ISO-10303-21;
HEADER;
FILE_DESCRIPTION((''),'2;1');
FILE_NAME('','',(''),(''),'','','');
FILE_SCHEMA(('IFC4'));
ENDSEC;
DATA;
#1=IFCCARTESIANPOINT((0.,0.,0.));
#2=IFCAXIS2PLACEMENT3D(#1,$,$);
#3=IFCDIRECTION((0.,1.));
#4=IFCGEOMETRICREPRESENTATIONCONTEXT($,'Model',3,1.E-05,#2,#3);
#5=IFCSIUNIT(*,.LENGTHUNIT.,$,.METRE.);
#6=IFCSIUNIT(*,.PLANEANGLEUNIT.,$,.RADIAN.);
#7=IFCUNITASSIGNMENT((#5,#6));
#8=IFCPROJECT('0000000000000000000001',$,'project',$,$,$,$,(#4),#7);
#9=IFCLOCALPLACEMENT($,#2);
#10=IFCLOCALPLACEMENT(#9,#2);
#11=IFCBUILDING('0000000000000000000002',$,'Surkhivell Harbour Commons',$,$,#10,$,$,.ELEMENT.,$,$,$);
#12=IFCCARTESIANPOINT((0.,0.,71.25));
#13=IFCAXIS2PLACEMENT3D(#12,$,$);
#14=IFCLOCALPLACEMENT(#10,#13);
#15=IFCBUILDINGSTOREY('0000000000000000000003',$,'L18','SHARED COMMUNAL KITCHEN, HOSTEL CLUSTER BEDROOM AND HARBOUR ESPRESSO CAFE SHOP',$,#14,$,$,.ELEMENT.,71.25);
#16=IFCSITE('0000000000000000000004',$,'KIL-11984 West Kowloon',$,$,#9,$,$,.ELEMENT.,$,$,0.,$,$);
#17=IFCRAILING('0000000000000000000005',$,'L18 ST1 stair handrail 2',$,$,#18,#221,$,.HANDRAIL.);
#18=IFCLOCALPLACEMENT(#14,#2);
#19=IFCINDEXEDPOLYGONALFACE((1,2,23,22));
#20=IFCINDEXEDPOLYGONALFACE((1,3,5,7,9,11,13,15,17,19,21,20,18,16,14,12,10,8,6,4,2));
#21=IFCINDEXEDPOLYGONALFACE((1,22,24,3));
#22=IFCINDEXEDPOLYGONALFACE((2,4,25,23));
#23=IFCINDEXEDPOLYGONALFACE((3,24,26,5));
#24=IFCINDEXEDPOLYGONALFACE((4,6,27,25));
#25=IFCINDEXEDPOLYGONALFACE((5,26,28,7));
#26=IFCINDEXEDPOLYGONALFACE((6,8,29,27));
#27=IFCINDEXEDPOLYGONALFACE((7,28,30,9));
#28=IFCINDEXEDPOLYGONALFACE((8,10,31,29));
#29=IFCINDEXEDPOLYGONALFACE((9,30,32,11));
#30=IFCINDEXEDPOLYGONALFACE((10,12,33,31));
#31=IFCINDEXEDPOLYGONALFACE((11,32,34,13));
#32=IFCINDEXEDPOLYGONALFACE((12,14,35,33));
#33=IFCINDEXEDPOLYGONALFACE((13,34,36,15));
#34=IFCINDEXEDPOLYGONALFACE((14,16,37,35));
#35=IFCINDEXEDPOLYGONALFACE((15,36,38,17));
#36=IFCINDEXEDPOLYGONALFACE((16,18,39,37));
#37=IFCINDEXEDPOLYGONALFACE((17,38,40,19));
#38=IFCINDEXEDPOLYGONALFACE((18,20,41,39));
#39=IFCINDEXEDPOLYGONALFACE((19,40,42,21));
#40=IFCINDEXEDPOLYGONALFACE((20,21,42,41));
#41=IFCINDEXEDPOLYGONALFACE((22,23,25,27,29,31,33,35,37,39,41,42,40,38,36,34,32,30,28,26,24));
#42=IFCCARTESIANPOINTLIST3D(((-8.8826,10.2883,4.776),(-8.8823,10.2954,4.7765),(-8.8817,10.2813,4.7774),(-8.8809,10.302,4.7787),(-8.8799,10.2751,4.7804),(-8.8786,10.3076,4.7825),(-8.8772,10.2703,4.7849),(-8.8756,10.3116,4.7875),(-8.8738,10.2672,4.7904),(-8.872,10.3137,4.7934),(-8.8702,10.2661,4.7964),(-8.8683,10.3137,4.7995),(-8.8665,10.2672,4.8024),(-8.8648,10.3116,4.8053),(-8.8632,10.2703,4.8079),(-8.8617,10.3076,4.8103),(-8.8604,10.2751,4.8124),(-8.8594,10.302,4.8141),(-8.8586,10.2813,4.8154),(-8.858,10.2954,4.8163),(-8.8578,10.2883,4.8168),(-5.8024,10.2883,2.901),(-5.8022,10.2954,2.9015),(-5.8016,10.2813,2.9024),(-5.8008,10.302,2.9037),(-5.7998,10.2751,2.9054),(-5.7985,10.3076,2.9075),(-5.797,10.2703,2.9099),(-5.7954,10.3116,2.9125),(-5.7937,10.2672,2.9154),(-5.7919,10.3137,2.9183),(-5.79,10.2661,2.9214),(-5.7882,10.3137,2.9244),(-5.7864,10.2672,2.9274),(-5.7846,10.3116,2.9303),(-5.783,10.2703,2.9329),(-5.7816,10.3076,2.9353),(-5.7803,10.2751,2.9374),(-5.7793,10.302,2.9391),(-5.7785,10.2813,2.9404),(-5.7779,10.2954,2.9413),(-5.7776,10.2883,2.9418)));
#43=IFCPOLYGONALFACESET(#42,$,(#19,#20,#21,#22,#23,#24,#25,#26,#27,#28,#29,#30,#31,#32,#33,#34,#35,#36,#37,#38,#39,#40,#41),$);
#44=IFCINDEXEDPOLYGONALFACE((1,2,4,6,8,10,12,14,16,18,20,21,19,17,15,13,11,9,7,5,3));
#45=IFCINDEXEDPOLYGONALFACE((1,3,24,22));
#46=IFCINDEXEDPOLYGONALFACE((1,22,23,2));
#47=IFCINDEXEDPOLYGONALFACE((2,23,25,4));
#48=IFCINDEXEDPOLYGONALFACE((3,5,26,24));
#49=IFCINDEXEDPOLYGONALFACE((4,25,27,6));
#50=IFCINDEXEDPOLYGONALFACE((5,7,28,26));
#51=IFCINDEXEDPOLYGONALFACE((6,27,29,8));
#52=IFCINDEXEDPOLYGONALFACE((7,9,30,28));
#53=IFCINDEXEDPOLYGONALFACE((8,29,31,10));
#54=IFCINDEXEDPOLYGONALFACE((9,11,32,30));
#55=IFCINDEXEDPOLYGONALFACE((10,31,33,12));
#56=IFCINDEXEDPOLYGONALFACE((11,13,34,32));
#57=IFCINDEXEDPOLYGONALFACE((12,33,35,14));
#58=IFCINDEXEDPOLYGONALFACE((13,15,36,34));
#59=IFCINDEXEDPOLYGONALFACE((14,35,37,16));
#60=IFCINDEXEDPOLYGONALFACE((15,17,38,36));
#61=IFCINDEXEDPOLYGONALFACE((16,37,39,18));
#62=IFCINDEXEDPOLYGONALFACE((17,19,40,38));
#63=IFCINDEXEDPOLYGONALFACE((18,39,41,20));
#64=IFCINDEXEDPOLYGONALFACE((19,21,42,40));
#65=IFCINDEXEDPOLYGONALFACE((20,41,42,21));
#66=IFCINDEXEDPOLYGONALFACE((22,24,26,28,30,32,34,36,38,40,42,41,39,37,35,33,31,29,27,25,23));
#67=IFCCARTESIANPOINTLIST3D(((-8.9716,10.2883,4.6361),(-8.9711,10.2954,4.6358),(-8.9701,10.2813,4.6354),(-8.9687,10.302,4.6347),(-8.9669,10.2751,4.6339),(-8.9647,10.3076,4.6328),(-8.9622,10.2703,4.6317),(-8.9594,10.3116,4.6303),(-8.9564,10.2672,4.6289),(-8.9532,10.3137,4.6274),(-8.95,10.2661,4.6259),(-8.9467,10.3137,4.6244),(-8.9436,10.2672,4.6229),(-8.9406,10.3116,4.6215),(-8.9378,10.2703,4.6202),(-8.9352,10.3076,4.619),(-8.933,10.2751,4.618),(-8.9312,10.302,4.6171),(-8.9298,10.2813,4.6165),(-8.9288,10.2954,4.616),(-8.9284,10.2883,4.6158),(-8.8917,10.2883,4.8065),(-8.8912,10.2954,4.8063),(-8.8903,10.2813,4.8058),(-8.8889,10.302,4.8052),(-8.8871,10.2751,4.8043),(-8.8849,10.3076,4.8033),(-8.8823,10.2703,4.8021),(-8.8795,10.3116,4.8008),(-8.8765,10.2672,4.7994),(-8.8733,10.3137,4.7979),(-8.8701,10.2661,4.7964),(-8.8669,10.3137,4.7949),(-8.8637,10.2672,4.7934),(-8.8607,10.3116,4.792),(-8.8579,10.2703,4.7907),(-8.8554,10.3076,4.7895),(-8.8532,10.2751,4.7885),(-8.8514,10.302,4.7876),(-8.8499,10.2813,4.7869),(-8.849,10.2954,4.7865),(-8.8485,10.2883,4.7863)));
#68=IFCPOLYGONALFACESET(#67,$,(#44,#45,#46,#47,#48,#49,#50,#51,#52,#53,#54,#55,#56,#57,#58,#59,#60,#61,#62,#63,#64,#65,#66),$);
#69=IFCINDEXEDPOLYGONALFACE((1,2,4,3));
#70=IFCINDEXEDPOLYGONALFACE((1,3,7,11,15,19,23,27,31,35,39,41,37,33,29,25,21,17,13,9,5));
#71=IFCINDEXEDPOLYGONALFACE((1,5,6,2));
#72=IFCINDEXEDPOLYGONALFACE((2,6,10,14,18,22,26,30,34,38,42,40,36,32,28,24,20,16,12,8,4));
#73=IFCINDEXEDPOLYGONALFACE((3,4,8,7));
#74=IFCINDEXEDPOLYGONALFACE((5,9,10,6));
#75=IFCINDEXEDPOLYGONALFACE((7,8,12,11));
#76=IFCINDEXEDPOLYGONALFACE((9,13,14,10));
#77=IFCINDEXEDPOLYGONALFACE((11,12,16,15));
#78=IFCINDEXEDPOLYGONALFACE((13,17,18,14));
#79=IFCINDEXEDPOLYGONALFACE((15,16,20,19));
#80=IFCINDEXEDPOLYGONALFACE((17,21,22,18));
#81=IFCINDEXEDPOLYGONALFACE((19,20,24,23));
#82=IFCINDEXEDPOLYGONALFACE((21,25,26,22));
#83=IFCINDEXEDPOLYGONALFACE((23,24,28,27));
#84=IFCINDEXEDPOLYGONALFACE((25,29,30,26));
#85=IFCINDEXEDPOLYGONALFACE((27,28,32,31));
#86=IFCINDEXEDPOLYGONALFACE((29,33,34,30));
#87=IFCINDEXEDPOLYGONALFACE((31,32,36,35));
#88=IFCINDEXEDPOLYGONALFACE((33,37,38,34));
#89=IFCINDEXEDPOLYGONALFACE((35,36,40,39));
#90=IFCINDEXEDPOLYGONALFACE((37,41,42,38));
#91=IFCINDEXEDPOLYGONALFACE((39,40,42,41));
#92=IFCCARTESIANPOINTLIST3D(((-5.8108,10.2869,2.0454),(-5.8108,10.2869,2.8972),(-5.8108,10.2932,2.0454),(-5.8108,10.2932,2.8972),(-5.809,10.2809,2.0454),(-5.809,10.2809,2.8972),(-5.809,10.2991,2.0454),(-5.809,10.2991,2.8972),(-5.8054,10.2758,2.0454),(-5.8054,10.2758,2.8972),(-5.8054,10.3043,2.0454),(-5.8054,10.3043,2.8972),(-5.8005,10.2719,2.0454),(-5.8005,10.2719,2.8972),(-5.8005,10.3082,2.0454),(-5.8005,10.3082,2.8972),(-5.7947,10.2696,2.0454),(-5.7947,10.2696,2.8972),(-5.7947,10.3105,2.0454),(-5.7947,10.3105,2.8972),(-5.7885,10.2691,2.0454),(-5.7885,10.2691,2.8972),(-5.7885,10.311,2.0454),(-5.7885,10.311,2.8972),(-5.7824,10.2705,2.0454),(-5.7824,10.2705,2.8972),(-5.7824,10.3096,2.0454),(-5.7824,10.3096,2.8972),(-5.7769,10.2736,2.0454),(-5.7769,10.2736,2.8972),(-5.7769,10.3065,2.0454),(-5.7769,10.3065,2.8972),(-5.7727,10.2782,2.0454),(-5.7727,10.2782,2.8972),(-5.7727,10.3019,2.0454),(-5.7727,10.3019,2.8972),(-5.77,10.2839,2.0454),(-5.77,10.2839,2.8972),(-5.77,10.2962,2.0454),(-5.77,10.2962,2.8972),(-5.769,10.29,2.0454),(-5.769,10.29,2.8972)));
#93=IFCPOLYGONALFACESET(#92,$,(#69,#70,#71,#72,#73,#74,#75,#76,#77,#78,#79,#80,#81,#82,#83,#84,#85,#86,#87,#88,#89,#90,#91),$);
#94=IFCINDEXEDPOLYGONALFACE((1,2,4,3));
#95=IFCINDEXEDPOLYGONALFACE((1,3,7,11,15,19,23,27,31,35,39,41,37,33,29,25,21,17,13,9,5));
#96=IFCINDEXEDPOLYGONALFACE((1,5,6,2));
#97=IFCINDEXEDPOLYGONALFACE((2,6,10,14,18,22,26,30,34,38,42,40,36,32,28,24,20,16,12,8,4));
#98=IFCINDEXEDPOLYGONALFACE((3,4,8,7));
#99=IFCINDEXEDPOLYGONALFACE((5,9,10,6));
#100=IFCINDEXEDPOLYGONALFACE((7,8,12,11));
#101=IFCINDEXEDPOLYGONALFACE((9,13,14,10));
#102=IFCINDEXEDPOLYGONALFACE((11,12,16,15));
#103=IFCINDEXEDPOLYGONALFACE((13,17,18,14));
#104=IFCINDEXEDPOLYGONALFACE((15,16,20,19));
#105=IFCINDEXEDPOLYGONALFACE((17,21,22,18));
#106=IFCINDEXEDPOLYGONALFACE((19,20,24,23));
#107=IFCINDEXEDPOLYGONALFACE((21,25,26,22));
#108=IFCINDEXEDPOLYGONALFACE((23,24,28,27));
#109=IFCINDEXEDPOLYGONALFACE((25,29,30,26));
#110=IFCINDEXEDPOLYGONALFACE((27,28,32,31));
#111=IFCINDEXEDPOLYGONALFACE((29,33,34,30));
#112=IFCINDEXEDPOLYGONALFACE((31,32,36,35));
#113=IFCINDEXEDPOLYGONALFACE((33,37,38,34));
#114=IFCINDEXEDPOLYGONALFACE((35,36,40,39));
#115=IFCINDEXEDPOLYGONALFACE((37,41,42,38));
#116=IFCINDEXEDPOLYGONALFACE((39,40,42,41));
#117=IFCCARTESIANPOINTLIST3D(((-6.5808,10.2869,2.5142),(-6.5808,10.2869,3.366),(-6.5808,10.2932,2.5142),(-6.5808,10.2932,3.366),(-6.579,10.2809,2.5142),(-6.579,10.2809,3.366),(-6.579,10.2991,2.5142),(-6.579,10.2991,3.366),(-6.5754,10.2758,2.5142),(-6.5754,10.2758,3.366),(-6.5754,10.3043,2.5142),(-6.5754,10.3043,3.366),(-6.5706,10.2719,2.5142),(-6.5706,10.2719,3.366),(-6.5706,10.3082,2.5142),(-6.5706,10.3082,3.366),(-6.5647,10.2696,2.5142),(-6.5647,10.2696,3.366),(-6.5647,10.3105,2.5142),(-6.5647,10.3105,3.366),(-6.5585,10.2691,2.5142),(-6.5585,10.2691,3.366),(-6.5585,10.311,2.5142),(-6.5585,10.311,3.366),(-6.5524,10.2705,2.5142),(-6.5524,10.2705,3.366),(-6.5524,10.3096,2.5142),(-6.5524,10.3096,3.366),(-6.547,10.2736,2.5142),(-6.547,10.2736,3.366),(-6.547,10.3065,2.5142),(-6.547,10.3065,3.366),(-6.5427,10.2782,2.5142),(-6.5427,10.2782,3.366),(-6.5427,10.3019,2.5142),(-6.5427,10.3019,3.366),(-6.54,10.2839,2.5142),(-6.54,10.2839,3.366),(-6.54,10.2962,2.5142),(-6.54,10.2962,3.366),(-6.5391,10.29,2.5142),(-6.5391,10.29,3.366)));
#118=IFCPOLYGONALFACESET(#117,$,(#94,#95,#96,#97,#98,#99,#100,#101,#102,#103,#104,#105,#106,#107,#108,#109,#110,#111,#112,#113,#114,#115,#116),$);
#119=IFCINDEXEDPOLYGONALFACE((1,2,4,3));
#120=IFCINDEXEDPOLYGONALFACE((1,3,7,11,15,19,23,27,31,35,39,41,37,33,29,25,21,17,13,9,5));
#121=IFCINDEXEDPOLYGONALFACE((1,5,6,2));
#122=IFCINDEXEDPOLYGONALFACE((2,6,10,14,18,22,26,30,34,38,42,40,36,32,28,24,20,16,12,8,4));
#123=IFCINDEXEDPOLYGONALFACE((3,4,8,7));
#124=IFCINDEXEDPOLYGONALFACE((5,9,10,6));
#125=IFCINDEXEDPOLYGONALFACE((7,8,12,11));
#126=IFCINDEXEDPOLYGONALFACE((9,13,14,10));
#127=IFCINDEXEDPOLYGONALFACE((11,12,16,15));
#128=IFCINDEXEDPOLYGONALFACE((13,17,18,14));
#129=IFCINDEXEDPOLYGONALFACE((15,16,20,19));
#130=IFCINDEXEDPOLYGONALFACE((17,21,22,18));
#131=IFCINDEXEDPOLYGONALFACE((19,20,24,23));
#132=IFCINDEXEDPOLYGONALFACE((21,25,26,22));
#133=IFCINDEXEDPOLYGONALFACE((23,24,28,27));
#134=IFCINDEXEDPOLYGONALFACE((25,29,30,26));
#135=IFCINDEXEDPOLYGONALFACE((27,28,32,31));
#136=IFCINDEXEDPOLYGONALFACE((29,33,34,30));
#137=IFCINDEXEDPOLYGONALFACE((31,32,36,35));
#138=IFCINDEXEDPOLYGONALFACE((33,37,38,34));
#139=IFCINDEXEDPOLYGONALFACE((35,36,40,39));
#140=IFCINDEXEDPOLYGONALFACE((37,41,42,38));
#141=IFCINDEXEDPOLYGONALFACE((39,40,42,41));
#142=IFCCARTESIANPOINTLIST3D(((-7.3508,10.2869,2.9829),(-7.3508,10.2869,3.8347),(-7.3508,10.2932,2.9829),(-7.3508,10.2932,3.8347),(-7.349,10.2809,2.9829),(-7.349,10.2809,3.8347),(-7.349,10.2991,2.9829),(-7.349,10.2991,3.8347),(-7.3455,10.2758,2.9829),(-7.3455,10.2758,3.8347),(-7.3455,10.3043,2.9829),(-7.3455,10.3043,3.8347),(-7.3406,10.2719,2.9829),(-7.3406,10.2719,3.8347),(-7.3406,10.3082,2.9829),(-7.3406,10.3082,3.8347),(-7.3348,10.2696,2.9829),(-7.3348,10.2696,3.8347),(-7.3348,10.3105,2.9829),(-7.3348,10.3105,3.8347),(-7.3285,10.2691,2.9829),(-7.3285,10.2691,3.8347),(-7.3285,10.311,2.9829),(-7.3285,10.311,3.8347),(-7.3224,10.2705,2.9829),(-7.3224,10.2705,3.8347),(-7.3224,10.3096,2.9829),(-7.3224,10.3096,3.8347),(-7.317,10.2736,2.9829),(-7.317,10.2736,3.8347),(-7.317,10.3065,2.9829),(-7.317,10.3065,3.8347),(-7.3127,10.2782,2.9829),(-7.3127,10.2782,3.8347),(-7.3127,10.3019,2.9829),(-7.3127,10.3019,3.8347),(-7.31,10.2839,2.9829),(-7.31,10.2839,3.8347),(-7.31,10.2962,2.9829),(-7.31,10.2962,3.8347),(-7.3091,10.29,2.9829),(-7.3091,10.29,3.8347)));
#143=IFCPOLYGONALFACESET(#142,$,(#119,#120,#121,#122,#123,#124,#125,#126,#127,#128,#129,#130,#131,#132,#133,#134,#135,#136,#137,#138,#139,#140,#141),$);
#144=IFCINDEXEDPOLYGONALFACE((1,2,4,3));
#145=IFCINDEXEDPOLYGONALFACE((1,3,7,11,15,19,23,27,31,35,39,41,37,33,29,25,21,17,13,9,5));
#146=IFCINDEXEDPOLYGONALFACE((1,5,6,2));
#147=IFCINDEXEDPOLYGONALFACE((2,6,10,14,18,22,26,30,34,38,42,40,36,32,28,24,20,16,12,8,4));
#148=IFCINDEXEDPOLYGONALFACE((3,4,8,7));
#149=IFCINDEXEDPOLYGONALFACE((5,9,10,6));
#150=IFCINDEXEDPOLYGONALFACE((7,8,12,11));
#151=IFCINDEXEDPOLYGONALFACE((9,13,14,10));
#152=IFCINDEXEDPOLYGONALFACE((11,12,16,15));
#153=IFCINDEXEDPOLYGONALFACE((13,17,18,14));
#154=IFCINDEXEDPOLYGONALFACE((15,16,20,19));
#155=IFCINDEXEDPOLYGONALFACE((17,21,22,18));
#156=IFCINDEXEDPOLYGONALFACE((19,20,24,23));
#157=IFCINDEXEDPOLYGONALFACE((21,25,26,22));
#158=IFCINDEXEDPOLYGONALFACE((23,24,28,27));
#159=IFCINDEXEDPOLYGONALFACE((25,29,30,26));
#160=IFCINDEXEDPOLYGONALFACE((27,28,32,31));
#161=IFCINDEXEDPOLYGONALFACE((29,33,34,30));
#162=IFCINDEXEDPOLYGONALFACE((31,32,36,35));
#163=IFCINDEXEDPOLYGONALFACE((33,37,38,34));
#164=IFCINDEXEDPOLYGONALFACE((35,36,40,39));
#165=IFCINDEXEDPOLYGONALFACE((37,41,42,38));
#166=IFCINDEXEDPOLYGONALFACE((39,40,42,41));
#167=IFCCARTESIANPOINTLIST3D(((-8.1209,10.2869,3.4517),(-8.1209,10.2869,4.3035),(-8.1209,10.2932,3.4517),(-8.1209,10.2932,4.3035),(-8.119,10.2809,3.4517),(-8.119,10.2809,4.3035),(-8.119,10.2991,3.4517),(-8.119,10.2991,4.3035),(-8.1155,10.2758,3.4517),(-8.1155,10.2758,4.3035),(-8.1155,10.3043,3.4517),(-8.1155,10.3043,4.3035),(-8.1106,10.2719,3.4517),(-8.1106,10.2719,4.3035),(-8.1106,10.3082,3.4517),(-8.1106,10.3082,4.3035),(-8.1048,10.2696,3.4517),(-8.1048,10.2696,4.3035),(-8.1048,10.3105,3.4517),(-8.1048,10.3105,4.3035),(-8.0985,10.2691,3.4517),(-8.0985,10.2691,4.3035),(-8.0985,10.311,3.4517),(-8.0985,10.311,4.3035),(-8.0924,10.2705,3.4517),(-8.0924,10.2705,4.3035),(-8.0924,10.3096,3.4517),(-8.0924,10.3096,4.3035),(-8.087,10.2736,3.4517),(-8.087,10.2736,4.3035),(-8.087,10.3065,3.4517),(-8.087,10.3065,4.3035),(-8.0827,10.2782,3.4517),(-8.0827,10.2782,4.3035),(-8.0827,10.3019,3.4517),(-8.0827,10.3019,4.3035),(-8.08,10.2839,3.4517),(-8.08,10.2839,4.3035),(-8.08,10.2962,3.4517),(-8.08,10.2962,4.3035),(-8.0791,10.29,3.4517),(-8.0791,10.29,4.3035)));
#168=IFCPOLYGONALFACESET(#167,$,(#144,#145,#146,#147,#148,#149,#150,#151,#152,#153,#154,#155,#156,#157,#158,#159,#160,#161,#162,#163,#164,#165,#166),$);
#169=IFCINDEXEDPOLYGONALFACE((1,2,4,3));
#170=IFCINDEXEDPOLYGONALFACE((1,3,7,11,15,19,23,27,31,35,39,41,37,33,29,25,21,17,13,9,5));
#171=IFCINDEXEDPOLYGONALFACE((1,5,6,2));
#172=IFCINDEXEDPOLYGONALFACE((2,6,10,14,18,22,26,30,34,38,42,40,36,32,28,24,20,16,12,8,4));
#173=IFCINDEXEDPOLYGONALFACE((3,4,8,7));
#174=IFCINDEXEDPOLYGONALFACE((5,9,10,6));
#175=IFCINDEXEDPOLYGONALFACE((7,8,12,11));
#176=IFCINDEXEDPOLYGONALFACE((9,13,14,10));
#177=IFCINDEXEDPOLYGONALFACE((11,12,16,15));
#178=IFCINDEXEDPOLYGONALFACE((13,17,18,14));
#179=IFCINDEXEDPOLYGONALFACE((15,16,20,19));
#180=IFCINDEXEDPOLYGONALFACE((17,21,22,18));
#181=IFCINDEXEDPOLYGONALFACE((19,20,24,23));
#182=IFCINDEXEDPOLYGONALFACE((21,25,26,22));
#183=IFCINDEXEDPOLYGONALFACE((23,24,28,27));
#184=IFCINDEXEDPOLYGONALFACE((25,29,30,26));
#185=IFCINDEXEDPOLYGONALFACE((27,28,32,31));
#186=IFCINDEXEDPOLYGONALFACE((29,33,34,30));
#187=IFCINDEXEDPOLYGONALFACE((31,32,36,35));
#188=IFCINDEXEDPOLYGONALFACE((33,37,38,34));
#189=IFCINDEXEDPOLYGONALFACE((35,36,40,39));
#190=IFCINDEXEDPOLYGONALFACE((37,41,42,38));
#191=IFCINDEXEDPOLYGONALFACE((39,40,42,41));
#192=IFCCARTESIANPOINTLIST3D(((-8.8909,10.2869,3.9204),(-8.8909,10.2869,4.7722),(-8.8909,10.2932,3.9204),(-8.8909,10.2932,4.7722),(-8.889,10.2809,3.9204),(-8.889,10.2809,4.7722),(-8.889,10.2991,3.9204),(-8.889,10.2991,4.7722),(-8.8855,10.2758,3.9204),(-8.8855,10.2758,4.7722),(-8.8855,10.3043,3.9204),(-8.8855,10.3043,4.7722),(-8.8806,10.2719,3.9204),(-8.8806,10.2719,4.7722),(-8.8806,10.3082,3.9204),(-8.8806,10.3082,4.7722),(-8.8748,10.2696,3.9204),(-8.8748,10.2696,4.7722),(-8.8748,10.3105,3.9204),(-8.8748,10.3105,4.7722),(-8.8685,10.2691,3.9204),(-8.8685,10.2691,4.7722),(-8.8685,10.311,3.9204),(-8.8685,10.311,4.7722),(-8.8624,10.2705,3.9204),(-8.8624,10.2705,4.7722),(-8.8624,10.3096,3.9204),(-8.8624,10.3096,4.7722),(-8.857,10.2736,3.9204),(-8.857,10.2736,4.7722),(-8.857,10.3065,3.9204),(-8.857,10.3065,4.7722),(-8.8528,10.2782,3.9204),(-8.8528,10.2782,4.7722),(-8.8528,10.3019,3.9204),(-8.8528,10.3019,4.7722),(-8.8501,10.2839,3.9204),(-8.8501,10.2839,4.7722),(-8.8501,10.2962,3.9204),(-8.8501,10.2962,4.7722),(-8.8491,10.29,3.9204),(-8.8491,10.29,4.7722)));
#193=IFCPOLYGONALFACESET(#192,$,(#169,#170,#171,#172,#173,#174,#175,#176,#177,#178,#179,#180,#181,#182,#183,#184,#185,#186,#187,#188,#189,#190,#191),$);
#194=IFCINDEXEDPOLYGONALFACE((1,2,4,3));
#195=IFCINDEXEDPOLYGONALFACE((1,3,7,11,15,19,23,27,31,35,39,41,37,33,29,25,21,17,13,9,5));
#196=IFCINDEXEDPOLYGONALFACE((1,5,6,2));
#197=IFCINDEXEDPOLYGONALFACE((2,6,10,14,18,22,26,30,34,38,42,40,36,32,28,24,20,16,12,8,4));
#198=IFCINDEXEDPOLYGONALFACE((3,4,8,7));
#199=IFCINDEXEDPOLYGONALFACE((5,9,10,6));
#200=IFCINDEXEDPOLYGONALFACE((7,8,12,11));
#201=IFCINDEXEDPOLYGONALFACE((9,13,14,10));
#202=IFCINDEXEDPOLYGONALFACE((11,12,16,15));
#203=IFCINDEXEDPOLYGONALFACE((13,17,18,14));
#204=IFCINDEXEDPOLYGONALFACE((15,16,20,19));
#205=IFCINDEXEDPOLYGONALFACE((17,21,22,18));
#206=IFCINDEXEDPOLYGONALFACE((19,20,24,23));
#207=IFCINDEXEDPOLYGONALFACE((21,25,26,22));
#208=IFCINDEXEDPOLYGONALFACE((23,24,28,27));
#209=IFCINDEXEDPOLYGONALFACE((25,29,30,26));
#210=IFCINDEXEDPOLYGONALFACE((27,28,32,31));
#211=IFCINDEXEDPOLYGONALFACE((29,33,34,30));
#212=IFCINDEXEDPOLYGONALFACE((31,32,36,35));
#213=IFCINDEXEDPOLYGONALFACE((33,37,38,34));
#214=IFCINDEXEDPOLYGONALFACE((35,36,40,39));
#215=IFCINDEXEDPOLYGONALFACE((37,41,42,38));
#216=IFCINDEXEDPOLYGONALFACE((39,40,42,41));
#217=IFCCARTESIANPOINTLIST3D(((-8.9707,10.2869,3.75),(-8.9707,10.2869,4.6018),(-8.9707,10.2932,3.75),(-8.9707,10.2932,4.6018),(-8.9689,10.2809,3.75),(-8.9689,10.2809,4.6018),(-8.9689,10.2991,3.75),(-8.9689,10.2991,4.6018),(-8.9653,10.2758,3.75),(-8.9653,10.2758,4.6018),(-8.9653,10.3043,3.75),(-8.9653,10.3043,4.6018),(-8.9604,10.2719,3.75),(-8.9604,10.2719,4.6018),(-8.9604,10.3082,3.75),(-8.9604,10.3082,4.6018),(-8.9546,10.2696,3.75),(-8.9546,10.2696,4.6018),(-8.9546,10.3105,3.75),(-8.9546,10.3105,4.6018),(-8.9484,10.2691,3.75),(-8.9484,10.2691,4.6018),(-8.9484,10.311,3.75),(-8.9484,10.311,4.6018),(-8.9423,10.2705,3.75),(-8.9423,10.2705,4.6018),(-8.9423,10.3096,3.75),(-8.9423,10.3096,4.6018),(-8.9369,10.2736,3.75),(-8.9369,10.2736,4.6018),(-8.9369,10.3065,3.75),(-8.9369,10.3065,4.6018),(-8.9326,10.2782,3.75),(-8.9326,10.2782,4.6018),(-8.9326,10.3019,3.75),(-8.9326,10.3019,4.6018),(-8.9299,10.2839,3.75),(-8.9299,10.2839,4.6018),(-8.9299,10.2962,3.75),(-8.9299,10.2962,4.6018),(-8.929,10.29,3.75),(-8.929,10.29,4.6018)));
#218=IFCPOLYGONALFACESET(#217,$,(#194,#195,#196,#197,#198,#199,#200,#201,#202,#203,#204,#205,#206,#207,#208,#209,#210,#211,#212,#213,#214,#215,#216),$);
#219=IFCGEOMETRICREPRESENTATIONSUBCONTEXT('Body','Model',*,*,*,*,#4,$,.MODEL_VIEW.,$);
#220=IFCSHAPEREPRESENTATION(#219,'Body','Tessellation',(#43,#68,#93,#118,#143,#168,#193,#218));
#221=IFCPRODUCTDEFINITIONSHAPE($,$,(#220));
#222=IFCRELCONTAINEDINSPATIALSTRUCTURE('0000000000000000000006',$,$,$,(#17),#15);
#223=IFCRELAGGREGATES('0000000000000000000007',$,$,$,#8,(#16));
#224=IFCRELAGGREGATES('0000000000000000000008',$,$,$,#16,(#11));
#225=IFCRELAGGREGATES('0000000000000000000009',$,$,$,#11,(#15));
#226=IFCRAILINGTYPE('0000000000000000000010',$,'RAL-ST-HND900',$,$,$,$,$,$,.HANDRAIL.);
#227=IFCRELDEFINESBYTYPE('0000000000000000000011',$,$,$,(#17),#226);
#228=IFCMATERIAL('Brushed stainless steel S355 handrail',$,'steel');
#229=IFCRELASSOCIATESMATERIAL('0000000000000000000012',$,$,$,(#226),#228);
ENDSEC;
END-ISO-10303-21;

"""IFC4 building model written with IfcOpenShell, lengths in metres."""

from ifc_helpers import new_model, si_unit, direction, frame, origin, origin_2d, place, context, subcontext, project, spatial, circle, extrude, material, type_object, element, save


model = new_model("IFC4")

# Units and contexts
model_context = context("Model", 3, precision=1e-05, world=origin(), true_north=direction((0.0, 1.0)))
body_context = subcontext(model_context, "Body", "Model", "MODEL_VIEW")
ifc_project = project(units=[si_unit("LENGTHUNIT", "METRE"), si_unit("PLANEANGLEUNIT", "RADIAN")], contexts=[model_context])

# Site, building, storey
site_placement = place(None, origin())
site = spatial("IfcSite", under=ifc_project, at=site_placement, Name="KIL-11984 West Kowloon", CompositionType="ELEMENT", RefElevation=0.0)
building_placement = place(site_placement, origin())
building = spatial("IfcBuilding", under=site, at=building_placement, Name="Surkhivell Harbour Commons", CompositionType="ELEMENT")
storey_placement = place(building_placement, frame((0.0, 0.0, 71.25)))
storey = spatial("IfcBuildingStorey", under=building, at=storey_placement, Name="L18", Description="SHARED COMMUNAL KITCHEN, HOSTEL CLUSTER BEDROOM AND HARBOUR ESPRESSO CAFE SHOP", CompositionType="ELEMENT", Elevation=71.25)

# Railing
ifc_material_1 = material(Name="Brushed stainless steel S355 handrail", Category="steel")
railing_type_1 = type_object("IfcRailingType", Name="RAL-ST-HND900", PredefinedType="HANDRAIL", material=ifc_material_1)
railing_1_placement = place(storey_placement, frame((-5.79, 10.29, 2.0454)))
element("IfcRailing", 1, at=railing_1_placement, inside=storey, type_object=railing_type_1, Name="L18 ST1 stair handrail 2", PredefinedType="HANDRAIL", context=body_context, shape_type="SweptSolid", body=[
    extrude(circle(Radius=0.0239, at=origin_2d()), frame((0.0, 0.0, 0.876), z_axis=(-0.854178, 0.0, 0.519981), x_axis=(0.0, -1.0, 0.0)), (0.0, 0.0, 1.0), 3.606),
    extrude(circle(Radius=0.0239, at=origin_2d()), frame((-3.0801, 0.0, 2.751), z_axis=(-0.424234, 0.0, -0.905552), x_axis=(0.0, -1.0, 0.0)), (0.0, 0.0, 1.0), 0.1882),
    extrude(circle(Radius=0.021, at=origin_2d()), origin(), (0.0, 0.0, 1.0), 0.8518),
    extrude(circle(Radius=0.021, at=origin_2d()), frame((-0.77, 0.0, 0.4688)), (0.0, 0.0, 1.0), 0.8518),
    extrude(circle(Radius=0.021, at=origin_2d()), frame((-1.54, 0.0, 0.9375)), (0.0, 0.0, 1.0), 0.8518),
    extrude(circle(Radius=0.021, at=origin_2d()), frame((-2.3101, 0.0, 1.4062)), (0.0, 0.0, 1.0), 0.8518),
    extrude(circle(Radius=0.021, at=origin_2d()), frame((-3.0801, 0.0, 1.875)), (0.0, 0.0, 1.0), 0.8518),
    extrude(circle(Radius=0.021, at=origin_2d()), frame((-3.1599, 0.0, 1.7046)), (0.0, 0.0, 1.0), 0.8518),
])

save(model, "model.ifc")
